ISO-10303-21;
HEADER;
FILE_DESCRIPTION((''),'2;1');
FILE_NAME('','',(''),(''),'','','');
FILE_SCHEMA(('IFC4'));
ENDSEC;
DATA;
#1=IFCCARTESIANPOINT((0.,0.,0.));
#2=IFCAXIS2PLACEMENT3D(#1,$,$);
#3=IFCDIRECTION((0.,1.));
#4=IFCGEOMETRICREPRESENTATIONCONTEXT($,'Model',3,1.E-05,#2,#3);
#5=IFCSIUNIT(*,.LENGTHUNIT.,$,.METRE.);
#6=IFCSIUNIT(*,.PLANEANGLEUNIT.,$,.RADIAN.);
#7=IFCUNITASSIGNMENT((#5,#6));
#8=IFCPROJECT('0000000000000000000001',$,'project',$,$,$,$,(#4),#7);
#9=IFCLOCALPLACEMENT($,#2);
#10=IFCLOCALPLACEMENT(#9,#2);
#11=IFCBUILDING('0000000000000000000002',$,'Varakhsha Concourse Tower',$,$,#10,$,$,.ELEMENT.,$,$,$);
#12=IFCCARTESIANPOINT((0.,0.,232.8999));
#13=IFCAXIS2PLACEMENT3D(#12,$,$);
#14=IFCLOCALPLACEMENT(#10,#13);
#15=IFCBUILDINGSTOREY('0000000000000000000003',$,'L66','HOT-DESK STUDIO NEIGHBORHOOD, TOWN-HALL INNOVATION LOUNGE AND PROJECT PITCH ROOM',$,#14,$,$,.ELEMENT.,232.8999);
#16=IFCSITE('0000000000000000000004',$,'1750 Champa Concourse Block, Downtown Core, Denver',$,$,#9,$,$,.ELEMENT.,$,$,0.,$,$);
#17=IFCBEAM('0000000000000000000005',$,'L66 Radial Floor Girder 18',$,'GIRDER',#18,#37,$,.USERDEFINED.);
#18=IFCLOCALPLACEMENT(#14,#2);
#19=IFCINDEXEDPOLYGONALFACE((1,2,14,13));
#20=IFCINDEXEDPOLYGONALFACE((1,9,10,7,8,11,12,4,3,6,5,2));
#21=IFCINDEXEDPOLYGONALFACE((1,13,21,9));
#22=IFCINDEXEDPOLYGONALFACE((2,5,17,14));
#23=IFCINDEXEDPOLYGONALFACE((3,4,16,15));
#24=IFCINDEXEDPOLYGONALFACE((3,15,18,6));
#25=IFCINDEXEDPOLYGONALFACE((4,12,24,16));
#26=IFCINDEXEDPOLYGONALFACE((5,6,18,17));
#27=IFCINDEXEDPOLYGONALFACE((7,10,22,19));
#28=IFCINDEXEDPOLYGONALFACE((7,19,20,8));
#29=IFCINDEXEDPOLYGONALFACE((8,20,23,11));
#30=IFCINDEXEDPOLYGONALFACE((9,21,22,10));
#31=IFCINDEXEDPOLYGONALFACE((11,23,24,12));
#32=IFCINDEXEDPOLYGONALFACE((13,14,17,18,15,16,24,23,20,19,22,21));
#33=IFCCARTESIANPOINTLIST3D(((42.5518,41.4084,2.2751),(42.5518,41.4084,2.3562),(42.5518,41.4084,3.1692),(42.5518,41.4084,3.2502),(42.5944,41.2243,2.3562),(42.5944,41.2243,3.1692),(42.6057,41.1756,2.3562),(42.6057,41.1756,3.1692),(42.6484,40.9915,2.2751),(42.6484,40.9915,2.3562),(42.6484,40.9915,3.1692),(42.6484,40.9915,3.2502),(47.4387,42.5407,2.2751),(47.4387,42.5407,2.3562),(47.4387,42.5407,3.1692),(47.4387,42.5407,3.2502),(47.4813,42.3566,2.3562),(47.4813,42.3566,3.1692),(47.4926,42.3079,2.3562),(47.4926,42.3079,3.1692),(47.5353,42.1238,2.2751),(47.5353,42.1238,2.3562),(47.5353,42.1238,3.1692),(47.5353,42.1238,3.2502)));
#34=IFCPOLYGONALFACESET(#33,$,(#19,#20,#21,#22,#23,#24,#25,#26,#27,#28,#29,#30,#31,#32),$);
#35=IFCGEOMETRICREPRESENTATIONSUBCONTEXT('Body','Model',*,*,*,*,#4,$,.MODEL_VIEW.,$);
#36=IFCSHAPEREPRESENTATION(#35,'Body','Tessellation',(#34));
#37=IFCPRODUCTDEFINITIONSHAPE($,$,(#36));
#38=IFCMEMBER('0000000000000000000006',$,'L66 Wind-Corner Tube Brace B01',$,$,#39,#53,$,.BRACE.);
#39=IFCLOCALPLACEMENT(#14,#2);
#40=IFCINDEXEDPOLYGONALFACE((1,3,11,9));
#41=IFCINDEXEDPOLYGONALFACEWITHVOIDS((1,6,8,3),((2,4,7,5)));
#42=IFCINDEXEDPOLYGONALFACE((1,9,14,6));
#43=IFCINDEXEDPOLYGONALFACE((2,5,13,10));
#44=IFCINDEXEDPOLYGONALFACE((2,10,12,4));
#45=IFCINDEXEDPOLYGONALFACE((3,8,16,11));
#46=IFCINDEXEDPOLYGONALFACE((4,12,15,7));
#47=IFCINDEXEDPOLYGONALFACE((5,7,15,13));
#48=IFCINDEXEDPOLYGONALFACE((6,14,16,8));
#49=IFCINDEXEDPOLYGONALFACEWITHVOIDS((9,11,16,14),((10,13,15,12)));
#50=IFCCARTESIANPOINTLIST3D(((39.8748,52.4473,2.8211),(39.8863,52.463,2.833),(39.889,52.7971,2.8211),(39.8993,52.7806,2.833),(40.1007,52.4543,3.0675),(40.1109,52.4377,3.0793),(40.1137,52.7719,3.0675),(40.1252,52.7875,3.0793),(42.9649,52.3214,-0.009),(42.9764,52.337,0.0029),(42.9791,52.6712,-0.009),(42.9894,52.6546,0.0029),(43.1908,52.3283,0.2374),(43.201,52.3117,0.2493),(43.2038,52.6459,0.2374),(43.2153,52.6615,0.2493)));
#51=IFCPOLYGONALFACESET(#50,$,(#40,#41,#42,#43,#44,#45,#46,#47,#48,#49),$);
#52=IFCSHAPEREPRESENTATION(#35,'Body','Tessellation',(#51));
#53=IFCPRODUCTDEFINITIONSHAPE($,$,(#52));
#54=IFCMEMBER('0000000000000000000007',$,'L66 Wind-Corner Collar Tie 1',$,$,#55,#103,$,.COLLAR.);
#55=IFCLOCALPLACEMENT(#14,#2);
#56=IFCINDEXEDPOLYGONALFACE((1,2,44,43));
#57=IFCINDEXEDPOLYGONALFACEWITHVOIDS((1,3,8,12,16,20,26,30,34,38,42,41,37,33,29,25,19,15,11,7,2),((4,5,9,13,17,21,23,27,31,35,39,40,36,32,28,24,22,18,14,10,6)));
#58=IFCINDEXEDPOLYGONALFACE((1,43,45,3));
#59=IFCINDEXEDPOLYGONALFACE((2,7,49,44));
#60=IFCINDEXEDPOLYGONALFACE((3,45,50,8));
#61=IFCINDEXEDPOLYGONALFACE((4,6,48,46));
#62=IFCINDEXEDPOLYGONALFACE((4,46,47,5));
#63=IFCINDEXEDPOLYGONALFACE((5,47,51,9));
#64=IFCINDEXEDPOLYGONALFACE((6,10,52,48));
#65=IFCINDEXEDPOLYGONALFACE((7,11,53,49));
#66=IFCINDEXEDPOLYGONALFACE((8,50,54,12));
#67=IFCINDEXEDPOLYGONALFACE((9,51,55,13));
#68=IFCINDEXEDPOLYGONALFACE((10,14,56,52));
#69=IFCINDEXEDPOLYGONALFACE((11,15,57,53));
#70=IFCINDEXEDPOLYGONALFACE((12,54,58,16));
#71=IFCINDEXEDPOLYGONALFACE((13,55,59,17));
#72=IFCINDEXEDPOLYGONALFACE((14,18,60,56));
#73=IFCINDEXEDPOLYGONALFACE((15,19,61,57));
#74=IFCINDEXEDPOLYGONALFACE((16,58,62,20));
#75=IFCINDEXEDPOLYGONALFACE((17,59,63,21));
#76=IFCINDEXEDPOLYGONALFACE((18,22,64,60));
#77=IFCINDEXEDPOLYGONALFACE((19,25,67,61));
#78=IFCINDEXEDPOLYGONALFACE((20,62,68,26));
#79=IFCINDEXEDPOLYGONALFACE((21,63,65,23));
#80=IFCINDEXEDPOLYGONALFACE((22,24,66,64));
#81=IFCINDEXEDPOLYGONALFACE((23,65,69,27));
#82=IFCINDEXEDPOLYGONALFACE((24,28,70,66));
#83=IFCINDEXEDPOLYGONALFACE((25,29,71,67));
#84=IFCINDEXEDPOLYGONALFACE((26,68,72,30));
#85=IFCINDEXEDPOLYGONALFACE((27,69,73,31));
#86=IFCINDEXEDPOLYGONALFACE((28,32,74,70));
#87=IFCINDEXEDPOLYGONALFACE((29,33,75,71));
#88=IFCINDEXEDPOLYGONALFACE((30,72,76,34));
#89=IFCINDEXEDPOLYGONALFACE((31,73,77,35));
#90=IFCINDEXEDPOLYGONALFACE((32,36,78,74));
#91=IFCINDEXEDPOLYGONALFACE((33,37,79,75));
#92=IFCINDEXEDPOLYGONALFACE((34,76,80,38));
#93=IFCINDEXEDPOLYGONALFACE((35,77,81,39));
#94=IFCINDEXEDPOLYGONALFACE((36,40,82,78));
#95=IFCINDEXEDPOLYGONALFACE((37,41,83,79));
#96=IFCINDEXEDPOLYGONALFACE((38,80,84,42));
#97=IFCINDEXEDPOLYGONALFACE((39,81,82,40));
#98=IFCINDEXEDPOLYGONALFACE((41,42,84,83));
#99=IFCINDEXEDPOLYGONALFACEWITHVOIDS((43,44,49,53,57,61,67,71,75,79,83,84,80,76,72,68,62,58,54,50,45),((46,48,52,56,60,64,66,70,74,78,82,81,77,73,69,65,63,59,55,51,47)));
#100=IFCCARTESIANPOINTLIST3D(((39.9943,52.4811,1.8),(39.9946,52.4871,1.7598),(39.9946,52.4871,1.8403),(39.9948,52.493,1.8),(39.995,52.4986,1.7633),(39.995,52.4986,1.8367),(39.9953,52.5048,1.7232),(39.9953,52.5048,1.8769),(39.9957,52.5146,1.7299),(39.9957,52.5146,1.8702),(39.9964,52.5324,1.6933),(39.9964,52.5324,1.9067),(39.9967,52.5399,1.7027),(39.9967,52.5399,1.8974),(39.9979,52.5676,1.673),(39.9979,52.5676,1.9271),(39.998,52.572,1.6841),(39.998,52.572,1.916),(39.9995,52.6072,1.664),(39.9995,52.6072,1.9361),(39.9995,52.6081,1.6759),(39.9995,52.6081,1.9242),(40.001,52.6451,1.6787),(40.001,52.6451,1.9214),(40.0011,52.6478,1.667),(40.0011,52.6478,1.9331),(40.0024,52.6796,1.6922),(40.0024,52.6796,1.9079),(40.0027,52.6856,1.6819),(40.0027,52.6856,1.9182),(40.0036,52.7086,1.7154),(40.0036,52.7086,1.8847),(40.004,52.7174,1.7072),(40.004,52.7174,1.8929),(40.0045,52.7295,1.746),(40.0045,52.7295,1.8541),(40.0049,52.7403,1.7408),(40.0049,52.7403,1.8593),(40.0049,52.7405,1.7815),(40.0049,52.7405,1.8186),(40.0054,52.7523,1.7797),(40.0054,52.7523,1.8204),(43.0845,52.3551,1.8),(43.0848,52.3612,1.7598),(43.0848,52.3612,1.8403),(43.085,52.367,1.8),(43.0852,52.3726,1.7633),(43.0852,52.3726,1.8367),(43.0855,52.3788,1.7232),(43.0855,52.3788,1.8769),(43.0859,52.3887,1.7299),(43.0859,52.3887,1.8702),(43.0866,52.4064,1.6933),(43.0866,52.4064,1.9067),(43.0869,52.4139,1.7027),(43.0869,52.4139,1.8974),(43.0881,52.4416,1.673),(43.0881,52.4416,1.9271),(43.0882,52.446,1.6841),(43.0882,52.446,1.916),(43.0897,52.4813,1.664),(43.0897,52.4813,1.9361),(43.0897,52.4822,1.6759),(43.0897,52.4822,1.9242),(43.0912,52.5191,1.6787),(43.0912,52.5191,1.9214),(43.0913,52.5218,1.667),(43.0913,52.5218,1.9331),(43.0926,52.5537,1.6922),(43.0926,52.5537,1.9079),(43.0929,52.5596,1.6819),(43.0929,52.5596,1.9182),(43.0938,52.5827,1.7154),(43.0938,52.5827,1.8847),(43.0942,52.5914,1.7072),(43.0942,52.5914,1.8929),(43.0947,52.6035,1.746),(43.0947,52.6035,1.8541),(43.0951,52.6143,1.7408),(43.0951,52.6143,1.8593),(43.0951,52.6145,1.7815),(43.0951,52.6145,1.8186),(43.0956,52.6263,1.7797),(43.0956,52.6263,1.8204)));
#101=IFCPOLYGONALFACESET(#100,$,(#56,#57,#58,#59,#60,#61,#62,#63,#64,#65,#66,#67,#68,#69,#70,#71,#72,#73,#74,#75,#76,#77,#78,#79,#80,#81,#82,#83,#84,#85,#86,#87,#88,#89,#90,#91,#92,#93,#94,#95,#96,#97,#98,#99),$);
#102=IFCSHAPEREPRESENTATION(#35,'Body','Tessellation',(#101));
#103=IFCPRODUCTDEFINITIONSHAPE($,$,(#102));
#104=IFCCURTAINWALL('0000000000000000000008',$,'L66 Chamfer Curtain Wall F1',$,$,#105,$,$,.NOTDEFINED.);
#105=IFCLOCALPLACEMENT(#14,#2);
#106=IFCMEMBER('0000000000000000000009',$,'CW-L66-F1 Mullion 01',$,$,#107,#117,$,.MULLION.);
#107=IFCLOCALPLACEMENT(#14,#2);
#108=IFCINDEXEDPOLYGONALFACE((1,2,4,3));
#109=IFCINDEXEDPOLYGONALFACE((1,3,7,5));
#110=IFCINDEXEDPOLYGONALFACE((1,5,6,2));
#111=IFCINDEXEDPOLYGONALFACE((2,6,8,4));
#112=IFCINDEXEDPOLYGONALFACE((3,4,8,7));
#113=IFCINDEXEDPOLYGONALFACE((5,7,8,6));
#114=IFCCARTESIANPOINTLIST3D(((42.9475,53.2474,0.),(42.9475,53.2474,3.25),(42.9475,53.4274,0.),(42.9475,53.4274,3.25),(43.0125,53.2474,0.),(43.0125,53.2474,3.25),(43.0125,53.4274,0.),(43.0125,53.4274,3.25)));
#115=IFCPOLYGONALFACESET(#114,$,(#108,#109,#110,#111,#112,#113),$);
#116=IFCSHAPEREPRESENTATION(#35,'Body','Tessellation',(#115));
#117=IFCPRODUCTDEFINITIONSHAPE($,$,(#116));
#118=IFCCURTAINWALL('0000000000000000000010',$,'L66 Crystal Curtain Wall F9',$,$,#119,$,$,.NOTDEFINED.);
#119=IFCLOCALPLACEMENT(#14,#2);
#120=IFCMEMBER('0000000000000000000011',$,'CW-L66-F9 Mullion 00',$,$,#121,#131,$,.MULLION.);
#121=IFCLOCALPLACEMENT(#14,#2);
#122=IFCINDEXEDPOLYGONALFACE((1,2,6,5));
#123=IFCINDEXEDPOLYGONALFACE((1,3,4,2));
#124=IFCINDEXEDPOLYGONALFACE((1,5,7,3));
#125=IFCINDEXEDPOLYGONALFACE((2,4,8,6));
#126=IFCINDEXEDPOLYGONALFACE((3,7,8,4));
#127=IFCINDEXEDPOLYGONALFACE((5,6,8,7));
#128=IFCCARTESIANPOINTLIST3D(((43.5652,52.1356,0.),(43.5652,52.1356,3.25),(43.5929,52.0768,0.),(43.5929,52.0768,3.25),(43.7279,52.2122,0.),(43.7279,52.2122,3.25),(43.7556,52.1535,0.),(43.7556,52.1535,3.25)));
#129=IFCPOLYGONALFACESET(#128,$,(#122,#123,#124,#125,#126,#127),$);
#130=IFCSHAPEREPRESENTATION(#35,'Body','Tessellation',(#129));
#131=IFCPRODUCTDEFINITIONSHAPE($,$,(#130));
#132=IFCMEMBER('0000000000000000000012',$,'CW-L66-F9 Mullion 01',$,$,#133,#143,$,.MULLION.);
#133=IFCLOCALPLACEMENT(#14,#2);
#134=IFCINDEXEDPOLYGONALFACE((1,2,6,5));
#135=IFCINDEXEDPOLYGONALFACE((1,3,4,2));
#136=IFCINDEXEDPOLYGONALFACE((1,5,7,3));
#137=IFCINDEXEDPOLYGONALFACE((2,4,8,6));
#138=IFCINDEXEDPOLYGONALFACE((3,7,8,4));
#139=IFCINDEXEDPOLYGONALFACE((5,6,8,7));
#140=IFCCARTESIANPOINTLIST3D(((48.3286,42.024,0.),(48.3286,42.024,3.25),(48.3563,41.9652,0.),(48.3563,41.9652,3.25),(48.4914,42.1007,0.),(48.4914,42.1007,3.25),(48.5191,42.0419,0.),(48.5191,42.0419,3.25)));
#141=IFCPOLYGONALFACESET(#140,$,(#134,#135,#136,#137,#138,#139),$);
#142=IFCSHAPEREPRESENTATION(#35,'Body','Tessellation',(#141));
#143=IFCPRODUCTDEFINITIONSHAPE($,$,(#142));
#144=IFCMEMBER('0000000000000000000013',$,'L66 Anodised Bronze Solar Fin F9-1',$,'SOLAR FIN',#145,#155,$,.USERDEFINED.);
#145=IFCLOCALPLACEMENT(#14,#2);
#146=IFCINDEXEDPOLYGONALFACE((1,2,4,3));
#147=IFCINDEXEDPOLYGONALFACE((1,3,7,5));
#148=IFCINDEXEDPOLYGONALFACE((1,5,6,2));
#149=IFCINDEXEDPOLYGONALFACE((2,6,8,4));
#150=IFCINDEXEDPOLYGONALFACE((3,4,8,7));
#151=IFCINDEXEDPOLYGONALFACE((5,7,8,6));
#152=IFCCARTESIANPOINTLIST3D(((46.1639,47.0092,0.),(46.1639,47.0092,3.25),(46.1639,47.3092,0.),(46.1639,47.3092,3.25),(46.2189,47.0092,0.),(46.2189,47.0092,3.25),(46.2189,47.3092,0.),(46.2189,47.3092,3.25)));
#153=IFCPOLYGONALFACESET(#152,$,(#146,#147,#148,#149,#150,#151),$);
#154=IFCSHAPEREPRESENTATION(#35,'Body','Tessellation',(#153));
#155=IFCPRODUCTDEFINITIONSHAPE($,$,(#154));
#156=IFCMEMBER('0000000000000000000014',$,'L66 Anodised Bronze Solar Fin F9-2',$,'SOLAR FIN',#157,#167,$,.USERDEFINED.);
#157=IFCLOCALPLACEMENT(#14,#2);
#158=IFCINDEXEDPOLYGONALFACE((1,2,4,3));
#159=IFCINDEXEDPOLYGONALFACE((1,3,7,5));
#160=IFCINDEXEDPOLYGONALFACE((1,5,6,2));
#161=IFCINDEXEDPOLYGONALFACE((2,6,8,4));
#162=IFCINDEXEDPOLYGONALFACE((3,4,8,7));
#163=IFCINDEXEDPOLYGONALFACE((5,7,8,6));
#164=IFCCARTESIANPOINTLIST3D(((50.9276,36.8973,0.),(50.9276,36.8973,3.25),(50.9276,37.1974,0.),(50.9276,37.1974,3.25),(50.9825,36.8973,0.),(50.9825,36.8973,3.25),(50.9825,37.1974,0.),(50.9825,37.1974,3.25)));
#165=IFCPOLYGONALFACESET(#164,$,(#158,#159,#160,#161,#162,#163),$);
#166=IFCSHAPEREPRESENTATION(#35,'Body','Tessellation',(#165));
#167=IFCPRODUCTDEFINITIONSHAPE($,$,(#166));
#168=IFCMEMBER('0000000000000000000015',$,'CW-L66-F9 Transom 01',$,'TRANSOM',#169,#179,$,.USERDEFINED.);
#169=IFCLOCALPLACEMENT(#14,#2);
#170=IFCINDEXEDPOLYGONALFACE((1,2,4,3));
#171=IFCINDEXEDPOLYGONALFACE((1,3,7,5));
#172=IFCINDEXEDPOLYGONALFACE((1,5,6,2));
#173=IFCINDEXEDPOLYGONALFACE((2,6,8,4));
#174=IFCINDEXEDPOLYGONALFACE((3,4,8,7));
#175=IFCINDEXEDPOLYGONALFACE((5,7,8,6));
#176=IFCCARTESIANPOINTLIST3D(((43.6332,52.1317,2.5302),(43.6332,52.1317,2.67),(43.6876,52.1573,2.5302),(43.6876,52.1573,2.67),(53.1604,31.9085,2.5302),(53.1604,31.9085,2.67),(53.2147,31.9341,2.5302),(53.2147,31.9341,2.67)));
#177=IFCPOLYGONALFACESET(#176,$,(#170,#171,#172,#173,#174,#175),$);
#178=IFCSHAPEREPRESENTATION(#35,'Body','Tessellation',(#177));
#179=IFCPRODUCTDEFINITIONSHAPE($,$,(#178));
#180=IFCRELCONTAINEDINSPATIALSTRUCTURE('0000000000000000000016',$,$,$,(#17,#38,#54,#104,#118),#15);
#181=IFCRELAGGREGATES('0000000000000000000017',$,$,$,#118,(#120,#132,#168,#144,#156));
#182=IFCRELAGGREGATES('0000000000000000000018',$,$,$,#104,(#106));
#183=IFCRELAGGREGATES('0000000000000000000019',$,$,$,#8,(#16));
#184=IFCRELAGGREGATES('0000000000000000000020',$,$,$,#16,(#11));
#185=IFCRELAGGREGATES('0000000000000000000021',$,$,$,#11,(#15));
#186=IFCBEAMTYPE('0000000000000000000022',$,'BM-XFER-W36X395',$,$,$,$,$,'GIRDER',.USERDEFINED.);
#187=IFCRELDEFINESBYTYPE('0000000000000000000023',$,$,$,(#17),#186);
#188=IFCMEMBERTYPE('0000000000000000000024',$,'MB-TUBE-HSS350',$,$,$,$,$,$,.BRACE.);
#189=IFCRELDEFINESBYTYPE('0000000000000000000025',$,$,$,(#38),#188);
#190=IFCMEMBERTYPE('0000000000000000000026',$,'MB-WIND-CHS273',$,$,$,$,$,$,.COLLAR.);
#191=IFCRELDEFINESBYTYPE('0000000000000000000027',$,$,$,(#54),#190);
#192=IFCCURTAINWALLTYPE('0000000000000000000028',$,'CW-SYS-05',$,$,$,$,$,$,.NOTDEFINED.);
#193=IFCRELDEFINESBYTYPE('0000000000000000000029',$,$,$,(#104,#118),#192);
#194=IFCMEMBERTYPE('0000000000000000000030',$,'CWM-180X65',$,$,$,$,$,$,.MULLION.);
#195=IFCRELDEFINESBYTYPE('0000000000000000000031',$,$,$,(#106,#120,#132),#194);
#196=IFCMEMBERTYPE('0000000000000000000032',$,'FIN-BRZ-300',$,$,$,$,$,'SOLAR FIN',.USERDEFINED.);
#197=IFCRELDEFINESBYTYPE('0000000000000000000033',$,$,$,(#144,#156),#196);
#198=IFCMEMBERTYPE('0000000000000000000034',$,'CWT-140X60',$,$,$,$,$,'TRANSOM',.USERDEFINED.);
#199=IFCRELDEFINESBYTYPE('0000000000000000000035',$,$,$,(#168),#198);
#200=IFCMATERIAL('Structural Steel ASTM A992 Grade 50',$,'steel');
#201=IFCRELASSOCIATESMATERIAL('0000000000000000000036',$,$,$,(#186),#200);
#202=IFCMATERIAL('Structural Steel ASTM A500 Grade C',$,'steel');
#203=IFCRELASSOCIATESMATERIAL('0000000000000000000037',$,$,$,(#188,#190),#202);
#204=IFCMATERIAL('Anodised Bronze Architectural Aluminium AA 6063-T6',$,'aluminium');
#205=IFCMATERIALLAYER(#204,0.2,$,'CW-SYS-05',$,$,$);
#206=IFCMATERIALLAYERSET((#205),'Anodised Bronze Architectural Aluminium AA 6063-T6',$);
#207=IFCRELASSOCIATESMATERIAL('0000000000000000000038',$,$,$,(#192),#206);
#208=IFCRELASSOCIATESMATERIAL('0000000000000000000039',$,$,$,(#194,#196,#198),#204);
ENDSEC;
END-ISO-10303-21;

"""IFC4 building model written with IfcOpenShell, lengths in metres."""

from ifc_helpers import new_model, si_unit, direction, frame, origin, origin_2d, place, context, subcontext, project, spatial, rectangle, hollow_rectangle, hollow_circle, i_section, extrude, source, transform, mapped, material, layer, layer_set, material_profile, profile_set, type_object, type_shapes, element, aggregate, save


model = new_model("IFC4")

# Units and contexts
model_context = context("Model", 3, precision=1e-05, world=origin(), true_north=direction((0.0, 1.0)))
body_context = subcontext(model_context, "Body", "Model", "MODEL_VIEW")
ifc_project = project(units=[si_unit("LENGTHUNIT", "METRE"), si_unit("PLANEANGLEUNIT", "RADIAN")], contexts=[model_context])

# Site, building, storey
site_placement = place(None, origin())
site = spatial("IfcSite", under=ifc_project, at=site_placement, Name="1750 Champa Concourse Block, Downtown Core, Denver", CompositionType="ELEMENT", RefElevation=0.0)
building_placement = place(site_placement, origin())
building = spatial("IfcBuilding", under=site, at=building_placement, Name="Varakhsha Concourse Tower", CompositionType="ELEMENT")
storey_placement = place(building_placement, frame((0.0, 0.0, 232.8999)))
storey = spatial("IfcBuildingStorey", under=building, at=storey_placement, Name="L66", Description="HOT-DESK STUDIO NEIGHBORHOOD, TOWN-HALL INNOVATION LOUNGE AND PROJECT PITCH ROOM", CompositionType="ELEMENT", Elevation=232.8999)

# Shared definitions
ifc_material_1 = material(Name="Structural Steel ASTM A992 Grade 50", Category="steel")

# Beam
ifc_material_profile_1 = material_profile(ifc_material_1, i_section(OverallWidth=0.428, OverallDepth=0.9751, WebThickness=0.05, FlangeThickness=0.0811, at=origin_2d()), Name="W36X395")
ifc_profile_set_1 = profile_set([ifc_material_profile_1], Name="Structural Steel ASTM A992 Grade 50")
beam_type_1 = type_object("IfcBeamType", Name="BM-XFER-W36X395", ElementType="GIRDER", PredefinedType="USERDEFINED", material=ifc_profile_set_1)
beam_1_placement = place(storey_placement, frame((42.6001, 41.2, 2.7627), z_axis=(0.974191, 0.225723, 0.0), x_axis=(-0.225723, 0.974191, 0.0)))
element("IfcBeam", 1, at=beam_1_placement, inside=storey, type_object=beam_type_1, Name="L66 Radial Floor Girder 18", ObjectType="GIRDER", PredefinedType="USERDEFINED", context=body_context, shape_type="SweptSolid", body=[
    extrude(i_section(OverallWidth=0.428, OverallDepth=0.9751, WebThickness=0.05, FlangeThickness=0.0811, at=origin_2d()), origin(), (0.0, 0.0, 1.0), 5.0164),
])

# Members
ifc_material_2 = material(Name="Structural Steel ASTM A500 Grade C", Category="steel")
ifc_material_profile_2 = material_profile(ifc_material_2, hollow_rectangle(XDim=0.3501, YDim=0.3501, WallThickness=0.0161, at=origin_2d()), Name="HSS 350x350x16")
ifc_profile_set_2 = profile_set([ifc_material_profile_2], Name="Structural Steel ASTM A500 Grade C")
member_type_1 = type_object("IfcMemberType", Name="MB-TUBE-HSS350", PredefinedType="BRACE", material=ifc_profile_set_2)
shared_shape_1 = source(origin(), body_context, "Body", "SweptSolid", [
    extrude(hollow_rectangle(XDim=0.3501, YDim=0.3501, WallThickness=0.0161, at=origin_2d()), origin(), (0.0, 0.0, 1.0), 4.1921),
])
type_shapes(member_type_1, [shared_shape_1])
member_1_placement = place(storey_placement, frame((43.0901, 52.4915, 0.1201), z_axis=(-0.737118, 0.030051, 0.675095), x_axis=(-0.040734, -0.99917, 0.0)))
element("IfcMember", 2, at=member_1_placement, inside=storey, type_object=member_type_1, Name="L66 Wind-Corner Tube Brace B01", PredefinedType="BRACE", context=body_context, shape_type="MappedRepresentation", body=[
    mapped(shared_shape_1, transform((0.0, 0.0, 0.0), scale=1.0)),
])
ifc_material_profile_3 = material_profile(ifc_material_2, hollow_circle(Radius=0.1365, WallThickness=0.012, at=origin_2d()), Name="CHS 273x12")
ifc_profile_set_3 = profile_set([ifc_material_profile_3], Name="Structural Steel ASTM A500 Grade C")
member_type_2 = type_object("IfcMemberType", Name="MB-WIND-CHS273", PredefinedType="COLLAR", material=ifc_profile_set_3)
shared_shape_2 = source(origin(), body_context, "Body", "SweptSolid", [
    extrude(hollow_circle(Radius=0.1365, WallThickness=0.012, at=origin_2d()), origin(), (0.0, 0.0, 1.0), 3.0928),
])
type_shapes(member_type_2, [shared_shape_2])
member_2_placement = place(storey_placement, frame((43.0901, 52.4915, 1.8), z_axis=(-0.99917, 0.040734, 0.0), x_axis=(-0.040734, -0.99917, 0.0)))
element("IfcMember", 3, at=member_2_placement, inside=storey, type_object=member_type_2, Name="L66 Wind-Corner Collar Tie 1", PredefinedType="COLLAR", context=body_context, shape_type="MappedRepresentation", body=[
    mapped(shared_shape_2, transform((0.0, 0.0, 0.0), scale=1.0)),
])

# Curtain wall, member
ifc_material_3 = material(Name="Anodised Bronze Architectural Aluminium AA 6063-T6", Category="aluminium")
ifc_layer_1 = layer(ifc_material_3, 0.2, Name="CW-SYS-05")
ifc_layer_set_1 = layer_set([ifc_layer_1], Name="Anodised Bronze Architectural Aluminium AA 6063-T6")
curtain_wall_type = type_object("IfcCurtainWallType", Name="CW-SYS-05", PredefinedType="NOTDEFINED", material=ifc_layer_set_1)
curtain_wall_1_placement = place(storey_placement, origin())
curtain_wall_1 = element("IfcCurtainWall", 4, at=curtain_wall_1_placement, inside=storey, type_object=curtain_wall_type, Name="L66 Chamfer Curtain Wall F1", PredefinedType="NOTDEFINED")
ifc_material_profile_4 = material_profile(ifc_material_3, rectangle(XDim=0.0649, YDim=0.1799, at=origin_2d()), Name="CWM-180X65")
ifc_profile_set_4 = profile_set([ifc_material_profile_4], Name="Anodised Bronze Architectural Aluminium AA 6063-T6")
member_type_3 = type_object("IfcMemberType", Name="CWM-180X65", PredefinedType="MULLION", material=ifc_profile_set_4)
shared_shape_3 = source(origin(), body_context, "Body", "SweptSolid", [
    extrude(rectangle(XDim=0.0649, YDim=0.1799, at=origin_2d()), origin(), (0.0, 0.0, 1.0), 3.25),
])
type_shapes(member_type_3, [shared_shape_3])
member_3_placement = place(storey_placement, frame((42.98, 53.3374, 0.0), z_axis=(0.0, 0.0, 1.0), x_axis=(1.0, 0.0, 0.0)))
member_3 = element("IfcMember", 5, at=member_3_placement, type_object=member_type_3, Name="CW-L66-F1 Mullion 01", PredefinedType="MULLION", context=body_context, shape_type="MappedRepresentation", body=[
    mapped(shared_shape_3, transform((0.0, 0.0, 0.0), scale=1.0)),
])

# Curtain wall, members
curtain_wall_2_placement = place(storey_placement, origin())
curtain_wall_2 = element("IfcCurtainWall", 6, at=curtain_wall_2_placement, inside=storey, type_object=curtain_wall_type, Name="L66 Crystal Curtain Wall F9", PredefinedType="NOTDEFINED")
member_4_placement = place(storey_placement, frame((43.6604, 52.1445, 0.0), z_axis=(0.0, 0.0, 1.0), x_axis=(0.426172, -0.904642, 0.0)))
member_4 = element("IfcMember", 7, at=member_4_placement, type_object=member_type_3, Name="CW-L66-F9 Mullion 00", PredefinedType="MULLION", context=body_context, shape_type="MappedRepresentation", body=[
    mapped(shared_shape_3, transform((0.0, 0.0, 0.0), scale=1.0)),
])
member_5_placement = place(storey_placement, frame((48.4238, 42.033, 0.0), z_axis=(0.0, 0.0, 1.0), x_axis=(0.426172, -0.904642, 0.0)))
member_5 = element("IfcMember", 8, at=member_5_placement, type_object=member_type_3, Name="CW-L66-F9 Mullion 01", PredefinedType="MULLION", context=body_context, shape_type="MappedRepresentation", body=[
    mapped(shared_shape_3, transform((0.0, 0.0, 0.0), scale=1.0)),
])
ifc_material_profile_5 = material_profile(ifc_material_3, rectangle(XDim=0.0549, YDim=0.3, at=origin_2d()), Name="FIN-BRZ-300")
ifc_profile_set_5 = profile_set([ifc_material_profile_5], Name="Anodised Bronze Architectural Aluminium AA 6063-T6")
member_type_4 = type_object("IfcMemberType", Name="FIN-BRZ-300", ElementType="SOLAR FIN", PredefinedType="USERDEFINED", material=ifc_profile_set_5)
shared_shape_4 = source(origin(), body_context, "Body", "SweptSolid", [
    extrude(rectangle(XDim=0.0549, YDim=0.3, at=origin_2d()), origin(), (0.0, 0.0, 1.0), 3.25),
])
type_shapes(member_type_4, [shared_shape_4])
member_6_placement = place(storey_placement, frame((46.1914, 47.1592, 0.0), z_axis=(0.0, 0.0, 1.0), x_axis=(1.0, 0.0, 0.0)))
member_6 = element("IfcMember", 9, at=member_6_placement, type_object=member_type_4, Name="L66 Anodised Bronze Solar Fin F9-1", ObjectType="SOLAR FIN", PredefinedType="USERDEFINED", context=body_context, shape_type="MappedRepresentation", body=[
    mapped(shared_shape_4, transform((0.0, 0.0, 0.0), scale=1.0)),
])
member_7_placement = place(storey_placement, frame((50.9551, 37.0474, 0.0), z_axis=(0.0, 0.0, 1.0), x_axis=(1.0, 0.0, 0.0)))
member_7 = element("IfcMember", 10, at=member_7_placement, type_object=member_type_4, Name="L66 Anodised Bronze Solar Fin F9-2", ObjectType="SOLAR FIN", PredefinedType="USERDEFINED", context=body_context, shape_type="MappedRepresentation", body=[
    mapped(shared_shape_4, transform((0.0, 0.0, 0.0), scale=1.0)),
])
ifc_material_profile_6 = material_profile(ifc_material_3, rectangle(XDim=0.0601, YDim=0.1399, at=origin_2d()), Name="CWT-140X60")
ifc_profile_set_6 = profile_set([ifc_material_profile_6], Name="Anodised Bronze Architectural Aluminium AA 6063-T6")
member_type_5 = type_object("IfcMemberType", Name="CWT-140X60", ElementType="TRANSOM", PredefinedType="USERDEFINED", material=ifc_profile_set_6)
shared_shape_5 = source(origin(), body_context, "Body", "SweptSolid", [
    extrude(rectangle(XDim=0.0601, YDim=0.1399, at=origin_2d()), origin(), (0.0, 0.0, 1.0), 22.355),
])
type_shapes(member_type_5, [shared_shape_5])
member_8_placement = place(storey_placement, frame((43.6604, 52.1445, 2.6001), z_axis=(0.426175, -0.904641, 0.0), x_axis=(0.904641, 0.426175, 0.0)))
member_8 = element("IfcMember", 11, at=member_8_placement, type_object=member_type_5, Name="CW-L66-F9 Transom 01", ObjectType="TRANSOM", PredefinedType="USERDEFINED", context=body_context, shape_type="MappedRepresentation", body=[
    mapped(shared_shape_5, transform((0.0, 0.0, 0.0), scale=1.0)),
])

aggregate(curtain_wall_2, [member_4, member_5, member_8, member_6, member_7])
aggregate(curtain_wall_1, [member_3])

save(model, "model.ifc")
